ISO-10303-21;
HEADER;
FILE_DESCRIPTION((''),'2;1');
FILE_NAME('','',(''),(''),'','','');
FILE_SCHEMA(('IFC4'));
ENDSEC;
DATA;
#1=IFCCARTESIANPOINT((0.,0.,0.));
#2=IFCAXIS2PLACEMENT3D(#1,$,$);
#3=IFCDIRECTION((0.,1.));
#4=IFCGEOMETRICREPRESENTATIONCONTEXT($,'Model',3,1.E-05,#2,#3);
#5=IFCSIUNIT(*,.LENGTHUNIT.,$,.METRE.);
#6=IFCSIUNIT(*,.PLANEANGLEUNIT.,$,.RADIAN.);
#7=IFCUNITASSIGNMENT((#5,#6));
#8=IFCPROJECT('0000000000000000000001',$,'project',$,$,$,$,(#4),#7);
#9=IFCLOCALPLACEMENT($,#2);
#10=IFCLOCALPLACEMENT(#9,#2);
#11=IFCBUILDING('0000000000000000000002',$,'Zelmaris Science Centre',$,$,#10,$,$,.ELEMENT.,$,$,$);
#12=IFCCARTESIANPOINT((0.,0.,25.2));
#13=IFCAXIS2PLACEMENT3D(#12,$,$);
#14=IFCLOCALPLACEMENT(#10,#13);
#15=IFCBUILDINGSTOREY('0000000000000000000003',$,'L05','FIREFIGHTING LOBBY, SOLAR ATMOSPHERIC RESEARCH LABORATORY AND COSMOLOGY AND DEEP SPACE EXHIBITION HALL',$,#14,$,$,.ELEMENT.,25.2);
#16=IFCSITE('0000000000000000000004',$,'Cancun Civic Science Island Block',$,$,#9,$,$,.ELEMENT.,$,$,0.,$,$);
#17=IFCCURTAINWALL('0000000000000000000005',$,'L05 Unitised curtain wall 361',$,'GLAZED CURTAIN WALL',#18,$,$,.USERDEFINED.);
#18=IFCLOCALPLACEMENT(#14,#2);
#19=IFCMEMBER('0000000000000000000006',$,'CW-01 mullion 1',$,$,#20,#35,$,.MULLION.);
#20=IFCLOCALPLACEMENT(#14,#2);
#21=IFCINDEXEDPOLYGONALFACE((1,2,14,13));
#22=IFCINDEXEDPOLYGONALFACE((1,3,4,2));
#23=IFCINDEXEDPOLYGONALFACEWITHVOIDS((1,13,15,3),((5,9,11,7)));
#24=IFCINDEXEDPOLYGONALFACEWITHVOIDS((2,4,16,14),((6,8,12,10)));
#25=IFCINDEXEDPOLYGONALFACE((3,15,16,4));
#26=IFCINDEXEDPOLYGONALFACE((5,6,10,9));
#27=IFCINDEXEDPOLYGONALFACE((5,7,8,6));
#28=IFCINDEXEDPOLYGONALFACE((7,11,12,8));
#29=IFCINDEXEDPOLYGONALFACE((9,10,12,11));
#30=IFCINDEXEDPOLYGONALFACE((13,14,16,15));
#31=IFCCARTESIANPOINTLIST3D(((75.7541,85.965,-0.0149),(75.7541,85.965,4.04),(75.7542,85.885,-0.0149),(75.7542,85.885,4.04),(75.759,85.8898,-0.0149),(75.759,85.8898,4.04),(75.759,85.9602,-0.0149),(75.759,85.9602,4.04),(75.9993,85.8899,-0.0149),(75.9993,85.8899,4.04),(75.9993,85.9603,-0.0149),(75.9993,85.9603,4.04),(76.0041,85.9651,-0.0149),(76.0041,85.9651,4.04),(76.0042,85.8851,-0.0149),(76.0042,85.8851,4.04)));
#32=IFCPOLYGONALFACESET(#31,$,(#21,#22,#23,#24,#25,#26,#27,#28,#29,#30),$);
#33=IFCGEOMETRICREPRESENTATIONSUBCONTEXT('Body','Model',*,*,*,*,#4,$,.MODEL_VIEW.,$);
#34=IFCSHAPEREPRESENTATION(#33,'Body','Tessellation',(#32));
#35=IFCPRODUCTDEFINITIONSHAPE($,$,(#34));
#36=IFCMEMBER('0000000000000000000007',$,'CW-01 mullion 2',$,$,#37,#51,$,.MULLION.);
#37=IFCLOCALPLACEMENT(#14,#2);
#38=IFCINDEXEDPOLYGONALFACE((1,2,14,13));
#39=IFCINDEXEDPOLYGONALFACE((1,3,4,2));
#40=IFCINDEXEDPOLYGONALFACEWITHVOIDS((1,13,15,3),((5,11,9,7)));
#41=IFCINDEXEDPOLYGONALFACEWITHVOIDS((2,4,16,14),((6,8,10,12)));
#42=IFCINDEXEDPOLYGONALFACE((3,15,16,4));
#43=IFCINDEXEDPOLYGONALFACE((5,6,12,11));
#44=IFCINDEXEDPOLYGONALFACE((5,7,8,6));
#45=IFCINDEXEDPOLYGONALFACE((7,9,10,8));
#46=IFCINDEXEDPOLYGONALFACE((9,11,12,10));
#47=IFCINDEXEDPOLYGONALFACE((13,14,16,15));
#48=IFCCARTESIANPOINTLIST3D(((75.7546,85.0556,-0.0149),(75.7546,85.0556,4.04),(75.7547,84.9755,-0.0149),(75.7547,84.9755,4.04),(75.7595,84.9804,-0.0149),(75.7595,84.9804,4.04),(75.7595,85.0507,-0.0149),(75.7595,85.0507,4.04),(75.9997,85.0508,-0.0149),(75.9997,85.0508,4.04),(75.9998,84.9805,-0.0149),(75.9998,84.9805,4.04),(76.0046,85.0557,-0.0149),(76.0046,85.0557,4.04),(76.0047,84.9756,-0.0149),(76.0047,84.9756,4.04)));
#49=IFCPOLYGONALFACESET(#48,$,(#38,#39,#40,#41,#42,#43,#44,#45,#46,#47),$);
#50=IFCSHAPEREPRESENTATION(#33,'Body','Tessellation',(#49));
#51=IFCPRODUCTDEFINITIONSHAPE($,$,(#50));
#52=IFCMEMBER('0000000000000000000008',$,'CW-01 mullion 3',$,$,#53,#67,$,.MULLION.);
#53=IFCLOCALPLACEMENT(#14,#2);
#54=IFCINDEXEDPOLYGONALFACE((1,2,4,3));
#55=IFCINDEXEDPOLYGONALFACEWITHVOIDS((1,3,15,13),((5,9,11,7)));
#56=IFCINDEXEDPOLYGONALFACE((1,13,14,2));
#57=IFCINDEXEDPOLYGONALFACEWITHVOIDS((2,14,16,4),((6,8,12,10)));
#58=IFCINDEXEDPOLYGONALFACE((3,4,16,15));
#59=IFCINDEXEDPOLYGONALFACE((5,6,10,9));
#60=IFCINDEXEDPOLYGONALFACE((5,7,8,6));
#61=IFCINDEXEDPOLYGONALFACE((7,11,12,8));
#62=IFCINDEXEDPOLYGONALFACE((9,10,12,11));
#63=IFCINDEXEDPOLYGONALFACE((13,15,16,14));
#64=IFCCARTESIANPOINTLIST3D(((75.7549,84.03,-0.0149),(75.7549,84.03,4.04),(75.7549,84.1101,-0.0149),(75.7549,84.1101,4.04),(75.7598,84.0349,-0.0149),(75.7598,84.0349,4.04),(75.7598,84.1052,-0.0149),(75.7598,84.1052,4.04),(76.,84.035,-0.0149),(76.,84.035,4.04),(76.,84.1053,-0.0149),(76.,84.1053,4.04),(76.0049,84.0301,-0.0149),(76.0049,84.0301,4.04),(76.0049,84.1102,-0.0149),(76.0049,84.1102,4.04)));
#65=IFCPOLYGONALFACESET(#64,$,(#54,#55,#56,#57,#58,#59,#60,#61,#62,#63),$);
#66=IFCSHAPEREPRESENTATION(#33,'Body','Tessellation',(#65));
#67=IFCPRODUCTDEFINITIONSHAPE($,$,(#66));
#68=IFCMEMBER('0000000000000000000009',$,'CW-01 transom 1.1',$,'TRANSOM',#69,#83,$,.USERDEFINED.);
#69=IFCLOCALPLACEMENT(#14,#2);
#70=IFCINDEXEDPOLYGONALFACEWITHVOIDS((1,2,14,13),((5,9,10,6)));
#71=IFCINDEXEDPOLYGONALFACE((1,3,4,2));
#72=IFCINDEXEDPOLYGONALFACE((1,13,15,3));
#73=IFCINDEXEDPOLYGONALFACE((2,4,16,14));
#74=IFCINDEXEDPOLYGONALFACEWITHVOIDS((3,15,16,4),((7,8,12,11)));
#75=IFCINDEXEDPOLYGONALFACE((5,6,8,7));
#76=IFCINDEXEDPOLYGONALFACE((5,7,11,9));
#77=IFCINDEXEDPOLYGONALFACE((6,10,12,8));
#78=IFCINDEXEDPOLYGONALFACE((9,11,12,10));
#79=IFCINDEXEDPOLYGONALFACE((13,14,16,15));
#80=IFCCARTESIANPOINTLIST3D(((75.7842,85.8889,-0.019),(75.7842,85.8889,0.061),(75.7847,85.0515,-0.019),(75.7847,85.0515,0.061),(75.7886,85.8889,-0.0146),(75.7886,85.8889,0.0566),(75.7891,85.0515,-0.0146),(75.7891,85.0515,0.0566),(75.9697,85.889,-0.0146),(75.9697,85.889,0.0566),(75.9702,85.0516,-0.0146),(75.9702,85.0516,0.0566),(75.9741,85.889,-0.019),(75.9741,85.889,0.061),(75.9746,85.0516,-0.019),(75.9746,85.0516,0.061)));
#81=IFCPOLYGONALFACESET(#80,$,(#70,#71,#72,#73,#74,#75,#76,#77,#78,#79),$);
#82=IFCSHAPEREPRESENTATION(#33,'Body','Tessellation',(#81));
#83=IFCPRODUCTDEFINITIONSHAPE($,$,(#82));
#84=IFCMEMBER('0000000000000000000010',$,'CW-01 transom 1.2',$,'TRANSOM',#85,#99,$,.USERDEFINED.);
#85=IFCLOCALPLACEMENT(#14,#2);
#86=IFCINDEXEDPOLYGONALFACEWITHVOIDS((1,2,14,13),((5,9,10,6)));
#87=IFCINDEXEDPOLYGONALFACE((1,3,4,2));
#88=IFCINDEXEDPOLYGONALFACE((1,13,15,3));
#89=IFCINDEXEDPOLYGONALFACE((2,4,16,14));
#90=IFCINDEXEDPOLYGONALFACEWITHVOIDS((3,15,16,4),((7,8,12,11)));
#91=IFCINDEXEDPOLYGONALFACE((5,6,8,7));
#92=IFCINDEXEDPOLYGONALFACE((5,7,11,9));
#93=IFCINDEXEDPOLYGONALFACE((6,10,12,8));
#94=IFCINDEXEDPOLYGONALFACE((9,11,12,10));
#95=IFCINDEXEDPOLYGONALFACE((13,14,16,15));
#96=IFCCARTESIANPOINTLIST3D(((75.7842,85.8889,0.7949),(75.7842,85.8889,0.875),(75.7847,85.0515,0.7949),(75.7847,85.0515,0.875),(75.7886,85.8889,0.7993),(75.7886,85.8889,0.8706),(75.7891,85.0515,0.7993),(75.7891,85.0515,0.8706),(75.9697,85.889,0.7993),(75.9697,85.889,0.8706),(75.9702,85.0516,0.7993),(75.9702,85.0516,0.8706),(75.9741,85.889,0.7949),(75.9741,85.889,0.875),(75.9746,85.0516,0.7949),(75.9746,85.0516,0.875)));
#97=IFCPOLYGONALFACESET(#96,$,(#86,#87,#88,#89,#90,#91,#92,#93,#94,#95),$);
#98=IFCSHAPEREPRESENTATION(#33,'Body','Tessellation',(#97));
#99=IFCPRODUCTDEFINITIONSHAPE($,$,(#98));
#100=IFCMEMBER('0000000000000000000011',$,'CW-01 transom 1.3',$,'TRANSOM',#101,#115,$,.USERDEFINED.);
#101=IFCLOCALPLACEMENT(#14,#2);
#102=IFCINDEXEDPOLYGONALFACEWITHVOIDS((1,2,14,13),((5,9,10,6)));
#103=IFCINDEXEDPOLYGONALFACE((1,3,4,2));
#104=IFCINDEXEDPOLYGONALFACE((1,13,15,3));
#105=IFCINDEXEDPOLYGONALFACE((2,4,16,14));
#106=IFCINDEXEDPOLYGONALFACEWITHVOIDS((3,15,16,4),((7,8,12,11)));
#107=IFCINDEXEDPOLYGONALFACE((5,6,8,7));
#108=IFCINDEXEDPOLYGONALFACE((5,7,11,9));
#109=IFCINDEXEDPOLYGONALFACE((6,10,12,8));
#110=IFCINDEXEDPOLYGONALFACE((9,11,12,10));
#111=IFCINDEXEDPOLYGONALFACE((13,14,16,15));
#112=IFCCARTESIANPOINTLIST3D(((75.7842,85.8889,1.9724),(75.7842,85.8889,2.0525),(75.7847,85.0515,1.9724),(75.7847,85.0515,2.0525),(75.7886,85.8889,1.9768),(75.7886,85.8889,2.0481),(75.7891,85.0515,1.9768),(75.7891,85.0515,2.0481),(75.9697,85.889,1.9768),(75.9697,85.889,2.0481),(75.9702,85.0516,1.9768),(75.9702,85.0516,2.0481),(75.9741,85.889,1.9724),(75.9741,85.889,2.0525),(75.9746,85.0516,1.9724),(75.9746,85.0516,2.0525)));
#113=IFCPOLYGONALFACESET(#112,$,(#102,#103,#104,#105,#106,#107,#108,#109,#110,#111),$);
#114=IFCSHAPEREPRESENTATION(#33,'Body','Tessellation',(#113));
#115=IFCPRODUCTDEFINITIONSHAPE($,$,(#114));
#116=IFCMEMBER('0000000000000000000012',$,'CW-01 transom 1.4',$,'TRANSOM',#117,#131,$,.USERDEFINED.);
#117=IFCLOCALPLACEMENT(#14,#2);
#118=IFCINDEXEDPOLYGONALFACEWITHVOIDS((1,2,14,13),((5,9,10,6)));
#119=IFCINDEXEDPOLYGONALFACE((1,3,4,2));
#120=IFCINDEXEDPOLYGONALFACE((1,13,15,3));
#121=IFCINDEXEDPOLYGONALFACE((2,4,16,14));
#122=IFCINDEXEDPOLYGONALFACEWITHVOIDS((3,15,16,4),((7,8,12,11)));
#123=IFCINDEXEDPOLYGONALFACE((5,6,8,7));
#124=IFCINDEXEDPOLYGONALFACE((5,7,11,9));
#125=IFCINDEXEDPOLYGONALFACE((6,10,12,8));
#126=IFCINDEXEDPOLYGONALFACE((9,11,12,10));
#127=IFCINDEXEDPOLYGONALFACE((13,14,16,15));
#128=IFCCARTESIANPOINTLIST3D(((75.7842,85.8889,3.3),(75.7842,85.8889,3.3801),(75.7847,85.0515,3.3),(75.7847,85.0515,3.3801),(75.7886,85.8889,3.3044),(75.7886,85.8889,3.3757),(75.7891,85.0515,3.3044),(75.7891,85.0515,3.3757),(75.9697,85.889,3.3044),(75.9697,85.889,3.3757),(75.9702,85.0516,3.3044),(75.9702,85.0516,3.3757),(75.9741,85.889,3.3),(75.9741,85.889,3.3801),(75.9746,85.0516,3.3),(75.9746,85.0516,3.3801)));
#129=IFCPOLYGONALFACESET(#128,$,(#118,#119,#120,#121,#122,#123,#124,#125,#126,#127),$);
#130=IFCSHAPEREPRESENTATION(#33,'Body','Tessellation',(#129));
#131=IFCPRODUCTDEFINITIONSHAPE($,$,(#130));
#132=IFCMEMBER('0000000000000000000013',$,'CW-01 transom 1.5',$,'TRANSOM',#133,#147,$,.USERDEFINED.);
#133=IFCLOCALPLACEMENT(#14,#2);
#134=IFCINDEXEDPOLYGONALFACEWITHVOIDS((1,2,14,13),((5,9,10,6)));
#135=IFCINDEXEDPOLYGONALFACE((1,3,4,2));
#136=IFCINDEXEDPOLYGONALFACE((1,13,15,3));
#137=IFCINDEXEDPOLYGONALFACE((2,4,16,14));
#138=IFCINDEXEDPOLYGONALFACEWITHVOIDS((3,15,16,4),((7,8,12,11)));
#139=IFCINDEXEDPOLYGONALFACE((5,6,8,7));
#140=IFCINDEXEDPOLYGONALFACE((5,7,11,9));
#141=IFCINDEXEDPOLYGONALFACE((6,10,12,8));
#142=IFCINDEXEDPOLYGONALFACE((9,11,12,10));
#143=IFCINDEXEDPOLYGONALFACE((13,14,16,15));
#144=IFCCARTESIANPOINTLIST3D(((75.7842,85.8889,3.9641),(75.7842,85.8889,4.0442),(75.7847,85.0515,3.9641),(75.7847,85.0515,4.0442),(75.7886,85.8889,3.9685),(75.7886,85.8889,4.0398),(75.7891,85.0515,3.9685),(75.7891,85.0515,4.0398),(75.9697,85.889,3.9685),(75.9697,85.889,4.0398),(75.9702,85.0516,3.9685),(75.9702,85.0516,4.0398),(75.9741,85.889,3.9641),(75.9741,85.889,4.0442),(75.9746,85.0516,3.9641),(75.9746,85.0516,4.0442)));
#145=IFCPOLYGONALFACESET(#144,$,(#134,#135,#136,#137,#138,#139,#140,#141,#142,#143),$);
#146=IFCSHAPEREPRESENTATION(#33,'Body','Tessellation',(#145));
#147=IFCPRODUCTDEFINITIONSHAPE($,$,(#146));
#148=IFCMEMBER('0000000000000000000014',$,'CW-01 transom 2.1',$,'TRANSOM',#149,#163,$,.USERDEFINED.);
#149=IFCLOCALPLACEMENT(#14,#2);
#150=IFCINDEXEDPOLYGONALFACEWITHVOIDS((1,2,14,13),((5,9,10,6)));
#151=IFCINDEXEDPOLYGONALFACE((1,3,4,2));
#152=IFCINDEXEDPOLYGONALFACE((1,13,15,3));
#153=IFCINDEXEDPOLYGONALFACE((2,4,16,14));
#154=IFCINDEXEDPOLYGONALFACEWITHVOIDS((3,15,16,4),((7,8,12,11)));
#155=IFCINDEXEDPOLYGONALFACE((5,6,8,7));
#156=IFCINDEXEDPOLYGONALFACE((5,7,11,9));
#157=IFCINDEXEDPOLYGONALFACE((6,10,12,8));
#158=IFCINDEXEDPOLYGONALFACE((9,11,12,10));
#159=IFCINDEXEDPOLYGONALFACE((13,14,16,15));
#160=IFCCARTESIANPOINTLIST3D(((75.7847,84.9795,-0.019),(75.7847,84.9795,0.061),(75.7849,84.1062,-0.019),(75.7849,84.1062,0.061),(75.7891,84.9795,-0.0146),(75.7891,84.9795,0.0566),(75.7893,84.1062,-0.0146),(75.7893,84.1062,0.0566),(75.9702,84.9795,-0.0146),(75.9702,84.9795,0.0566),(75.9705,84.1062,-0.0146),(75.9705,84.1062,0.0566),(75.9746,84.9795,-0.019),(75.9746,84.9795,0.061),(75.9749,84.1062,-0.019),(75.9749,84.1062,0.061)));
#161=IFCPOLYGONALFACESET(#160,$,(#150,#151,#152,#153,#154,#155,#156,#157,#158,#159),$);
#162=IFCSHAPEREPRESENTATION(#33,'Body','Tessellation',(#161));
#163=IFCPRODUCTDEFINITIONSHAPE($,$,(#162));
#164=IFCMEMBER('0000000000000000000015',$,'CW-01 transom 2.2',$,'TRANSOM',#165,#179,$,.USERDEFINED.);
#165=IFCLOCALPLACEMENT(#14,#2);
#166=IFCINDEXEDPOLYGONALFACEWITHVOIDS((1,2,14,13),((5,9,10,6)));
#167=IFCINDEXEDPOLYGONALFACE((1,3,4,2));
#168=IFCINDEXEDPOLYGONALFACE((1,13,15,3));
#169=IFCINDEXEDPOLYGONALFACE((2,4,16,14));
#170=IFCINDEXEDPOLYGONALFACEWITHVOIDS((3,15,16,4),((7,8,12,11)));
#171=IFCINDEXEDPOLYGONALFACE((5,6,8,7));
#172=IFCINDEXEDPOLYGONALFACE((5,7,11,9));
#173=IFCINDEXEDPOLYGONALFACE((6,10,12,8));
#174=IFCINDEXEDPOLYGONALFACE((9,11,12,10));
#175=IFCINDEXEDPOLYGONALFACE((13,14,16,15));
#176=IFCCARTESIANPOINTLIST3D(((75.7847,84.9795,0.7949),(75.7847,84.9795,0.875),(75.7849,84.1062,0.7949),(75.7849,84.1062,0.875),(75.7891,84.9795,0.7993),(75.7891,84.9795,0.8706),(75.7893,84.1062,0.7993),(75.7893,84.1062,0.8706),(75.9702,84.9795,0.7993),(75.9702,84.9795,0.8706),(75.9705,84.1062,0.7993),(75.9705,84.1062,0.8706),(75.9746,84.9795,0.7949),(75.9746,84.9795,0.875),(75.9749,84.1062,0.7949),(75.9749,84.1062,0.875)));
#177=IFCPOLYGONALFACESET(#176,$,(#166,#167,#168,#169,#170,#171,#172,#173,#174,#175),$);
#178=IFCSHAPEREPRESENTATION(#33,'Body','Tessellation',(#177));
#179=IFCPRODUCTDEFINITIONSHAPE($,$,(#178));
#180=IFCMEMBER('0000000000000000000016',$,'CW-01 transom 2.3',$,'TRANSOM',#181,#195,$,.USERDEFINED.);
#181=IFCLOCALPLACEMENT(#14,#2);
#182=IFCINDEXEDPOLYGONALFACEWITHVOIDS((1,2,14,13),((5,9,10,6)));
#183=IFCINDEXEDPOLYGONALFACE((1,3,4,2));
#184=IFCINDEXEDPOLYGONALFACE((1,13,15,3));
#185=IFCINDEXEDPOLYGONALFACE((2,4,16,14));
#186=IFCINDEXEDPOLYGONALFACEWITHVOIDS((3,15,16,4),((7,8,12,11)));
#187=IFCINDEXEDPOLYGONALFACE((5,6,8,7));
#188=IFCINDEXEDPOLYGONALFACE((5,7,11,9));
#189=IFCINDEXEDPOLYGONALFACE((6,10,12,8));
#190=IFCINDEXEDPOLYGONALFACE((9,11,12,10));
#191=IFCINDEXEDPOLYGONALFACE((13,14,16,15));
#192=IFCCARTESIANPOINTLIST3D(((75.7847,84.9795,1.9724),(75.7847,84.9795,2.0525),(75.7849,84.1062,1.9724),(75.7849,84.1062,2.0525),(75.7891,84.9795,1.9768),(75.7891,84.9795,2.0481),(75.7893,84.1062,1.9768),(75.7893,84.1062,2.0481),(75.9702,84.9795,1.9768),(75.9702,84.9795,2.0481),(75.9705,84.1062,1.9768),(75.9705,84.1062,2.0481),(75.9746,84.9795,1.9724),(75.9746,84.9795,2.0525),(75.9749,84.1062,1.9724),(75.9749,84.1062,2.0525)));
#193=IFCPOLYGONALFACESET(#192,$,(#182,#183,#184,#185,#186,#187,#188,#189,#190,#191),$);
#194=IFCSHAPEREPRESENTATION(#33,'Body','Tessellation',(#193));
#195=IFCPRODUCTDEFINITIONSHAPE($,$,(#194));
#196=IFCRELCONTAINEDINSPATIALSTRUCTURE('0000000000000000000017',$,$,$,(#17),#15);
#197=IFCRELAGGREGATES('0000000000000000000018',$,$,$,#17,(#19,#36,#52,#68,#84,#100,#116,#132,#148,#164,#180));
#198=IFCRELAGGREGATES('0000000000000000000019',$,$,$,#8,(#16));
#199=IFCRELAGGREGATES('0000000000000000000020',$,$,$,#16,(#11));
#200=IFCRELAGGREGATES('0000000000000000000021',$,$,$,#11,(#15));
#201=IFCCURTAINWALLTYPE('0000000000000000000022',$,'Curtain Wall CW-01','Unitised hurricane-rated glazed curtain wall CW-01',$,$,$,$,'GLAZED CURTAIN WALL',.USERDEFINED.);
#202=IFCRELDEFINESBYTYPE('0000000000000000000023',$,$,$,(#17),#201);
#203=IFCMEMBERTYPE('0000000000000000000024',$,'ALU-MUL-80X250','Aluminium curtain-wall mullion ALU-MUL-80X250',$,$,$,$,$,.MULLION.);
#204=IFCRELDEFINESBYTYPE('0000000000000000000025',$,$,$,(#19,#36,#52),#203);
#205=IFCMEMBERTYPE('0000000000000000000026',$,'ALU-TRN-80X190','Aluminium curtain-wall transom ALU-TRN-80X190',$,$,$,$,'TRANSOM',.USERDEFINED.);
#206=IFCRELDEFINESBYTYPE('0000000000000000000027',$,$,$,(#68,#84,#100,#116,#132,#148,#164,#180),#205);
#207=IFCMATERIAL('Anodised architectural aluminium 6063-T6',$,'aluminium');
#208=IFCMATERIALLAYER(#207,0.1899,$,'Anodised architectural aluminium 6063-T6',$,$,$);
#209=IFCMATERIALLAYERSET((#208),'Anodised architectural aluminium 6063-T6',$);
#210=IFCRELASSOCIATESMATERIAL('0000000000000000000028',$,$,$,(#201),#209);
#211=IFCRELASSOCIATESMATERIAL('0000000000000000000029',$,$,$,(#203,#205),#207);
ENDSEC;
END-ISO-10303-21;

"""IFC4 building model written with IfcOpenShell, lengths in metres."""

from ifc_helpers import new_model, si_unit, direction, frame, origin, origin_2d, place, context, subcontext, project, spatial, hollow_rectangle, extrude, material, layer, layer_set, material_profile, profile_set, type_object, element, aggregate, save


model = new_model("IFC4")

# Units and contexts
model_context = context("Model", 3, precision=1e-05, world=origin(), true_north=direction((0.0, 1.0)))
body_context = subcontext(model_context, "Body", "Model", "MODEL_VIEW")
ifc_project = project(units=[si_unit("LENGTHUNIT", "METRE"), si_unit("PLANEANGLEUNIT", "RADIAN")], contexts=[model_context])

# Site, building, storey
site_placement = place(None, origin())
site = spatial("IfcSite", under=ifc_project, at=site_placement, Name="Cancun Civic Science Island Block", CompositionType="ELEMENT", RefElevation=0.0)
building_placement = place(site_placement, origin())
building = spatial("IfcBuilding", under=site, at=building_placement, Name="Zelmaris Science Centre", CompositionType="ELEMENT")
storey_placement = place(building_placement, frame((0.0, 0.0, 25.2)))
storey = spatial("IfcBuildingStorey", under=building, at=storey_placement, Name="L05", Description="FIREFIGHTING LOBBY, SOLAR ATMOSPHERIC RESEARCH LABORATORY AND COSMOLOGY AND DEEP SPACE EXHIBITION HALL", CompositionType="ELEMENT", Elevation=25.2)

# Curtain wall, members
ifc_material_1 = material(Name="Anodised architectural aluminium 6063-T6", Category="aluminium")
ifc_layer_1 = layer(ifc_material_1, 0.1899, Name="Anodised architectural aluminium 6063-T6")
ifc_layer_set_1 = layer_set([ifc_layer_1], Name="Anodised architectural aluminium 6063-T6")
curtain_wall_type = type_object("IfcCurtainWallType", Name="Curtain Wall CW-01", Description="Unitised hurricane-rated glazed curtain wall CW-01", ElementType="GLAZED CURTAIN WALL", PredefinedType="USERDEFINED", material=ifc_layer_set_1)
curtain_wall_placement = place(storey_placement, origin())
curtain_wall = element("IfcCurtainWall", 1, at=curtain_wall_placement, inside=storey, type_object=curtain_wall_type, Name="L05 Unitised curtain wall 361", ObjectType="GLAZED CURTAIN WALL", PredefinedType="USERDEFINED")
ifc_material_profile_1 = material_profile(ifc_material_1, hollow_rectangle(XDim=0.0801, YDim=0.25, WallThickness=0.0049, at=origin_2d()), Name="ALU-MUL-80X250")
ifc_profile_set_1 = profile_set([ifc_material_profile_1], Name="Anodised architectural aluminium 6063-T6")
member_type_1 = type_object("IfcMemberType", Name="ALU-MUL-80X250", Description="Aluminium curtain-wall mullion ALU-MUL-80X250", PredefinedType="MULLION", material=ifc_profile_set_1)
member_1_placement = place(storey_placement, frame((75.8792, 85.925, -0.0149), z_axis=(0.0, 0.0, 1.0), x_axis=(0.000396, -1.0, 0.0)))
member_1 = element("IfcMember", 2, at=member_1_placement, type_object=member_type_1, Name="CW-01 mullion 1", PredefinedType="MULLION", context=body_context, shape_type="SweptSolid", body=[
    extrude(hollow_rectangle(XDim=0.0801, YDim=0.25, WallThickness=0.0049, at=origin_2d()), origin(), (0.0, 0.0, 1.0), 4.0549),
])
member_2_placement = place(storey_placement, frame((75.8796, 85.0156, -0.0149), z_axis=(0.0, 0.0, 1.0), x_axis=(0.000396, -1.0, 0.0)))
member_2 = element("IfcMember", 3, at=member_2_placement, type_object=member_type_1, Name="CW-01 mullion 2", PredefinedType="MULLION", context=body_context, shape_type="SweptSolid", body=[
    extrude(hollow_rectangle(XDim=0.0801, YDim=0.25, WallThickness=0.0049, at=origin_2d()), origin(), (0.0, 0.0, 1.0), 4.0549),
])
member_3_placement = place(storey_placement, frame((75.8799, 84.0701, -0.0149), z_axis=(0.0, 0.0, 1.0), x_axis=(0.000396, -1.0, 0.0)))
member_3 = element("IfcMember", 4, at=member_3_placement, type_object=member_type_1, Name="CW-01 mullion 3", PredefinedType="MULLION", context=body_context, shape_type="SweptSolid", body=[
    extrude(hollow_rectangle(XDim=0.0801, YDim=0.25, WallThickness=0.0049, at=origin_2d()), origin(), (0.0, 0.0, 1.0), 4.0549),
])
ifc_material_profile_2 = material_profile(ifc_material_1, hollow_rectangle(XDim=0.0801, YDim=0.1899, WallThickness=0.0044, at=origin_2d()), Name="ALU-TRN-80X190")
ifc_profile_set_2 = profile_set([ifc_material_profile_2], Name="Anodised architectural aluminium 6063-T6")
member_type_2 = type_object("IfcMemberType", Name="ALU-TRN-80X190", Description="Aluminium curtain-wall transom ALU-TRN-80X190", ElementType="TRANSOM", PredefinedType="USERDEFINED", material=ifc_profile_set_2)
member_4_placement = place(storey_placement, frame((75.8792, 85.8889, 0.021), z_axis=(0.000583, -1.0, 0.0), x_axis=(0.0, 0.0, 1.0)))
member_4 = element("IfcMember", 5, at=member_4_placement, type_object=member_type_2, Name="CW-01 transom 1.1", ObjectType="TRANSOM", PredefinedType="USERDEFINED", context=body_context, shape_type="SweptSolid", body=[
    extrude(hollow_rectangle(XDim=0.0801, YDim=0.1899, WallThickness=0.0044, at=origin_2d()), origin(), (0.0, 0.0, 1.0), 0.8374),
])
member_5_placement = place(storey_placement, frame((75.8792, 85.8889, 0.835), z_axis=(0.000583, -1.0, 0.0), x_axis=(0.0, 0.0, 1.0)))
member_5 = element("IfcMember", 6, at=member_5_placement, type_object=member_type_2, Name="CW-01 transom 1.2", ObjectType="TRANSOM", PredefinedType="USERDEFINED", context=body_context, shape_type="SweptSolid", body=[
    extrude(hollow_rectangle(XDim=0.0801, YDim=0.1899, WallThickness=0.0044, at=origin_2d()), origin(), (0.0, 0.0, 1.0), 0.8374),
])
member_6_placement = place(storey_placement, frame((75.8792, 85.8889, 2.0125), z_axis=(0.000583, -1.0, 0.0), x_axis=(0.0, 0.0, 1.0)))
member_6 = element("IfcMember", 7, at=member_6_placement, type_object=member_type_2, Name="CW-01 transom 1.3", ObjectType="TRANSOM", PredefinedType="USERDEFINED", context=body_context, shape_type="SweptSolid", body=[
    extrude(hollow_rectangle(XDim=0.0801, YDim=0.1899, WallThickness=0.0044, at=origin_2d()), origin(), (0.0, 0.0, 1.0), 0.8374),
])
member_7_placement = place(storey_placement, frame((75.8792, 85.8889, 3.3401), z_axis=(0.000583, -1.0, 0.0), x_axis=(0.0, 0.0, 1.0)))
member_7 = element("IfcMember", 8, at=member_7_placement, type_object=member_type_2, Name="CW-01 transom 1.4", ObjectType="TRANSOM", PredefinedType="USERDEFINED", context=body_context, shape_type="SweptSolid", body=[
    extrude(hollow_rectangle(XDim=0.0801, YDim=0.1899, WallThickness=0.0044, at=origin_2d()), origin(), (0.0, 0.0, 1.0), 0.8374),
])
member_8_placement = place(storey_placement, frame((75.8792, 85.8889, 4.0042), z_axis=(0.000583, -1.0, 0.0), x_axis=(0.0, 0.0, 1.0)))
member_8 = element("IfcMember", 9, at=member_8_placement, type_object=member_type_2, Name="CW-01 transom 1.5", ObjectType="TRANSOM", PredefinedType="USERDEFINED", context=body_context, shape_type="SweptSolid", body=[
    extrude(hollow_rectangle(XDim=0.0801, YDim=0.1899, WallThickness=0.0044, at=origin_2d()), origin(), (0.0, 0.0, 1.0), 0.8374),
])
member_9_placement = place(storey_placement, frame((75.8796, 84.9795, 0.021), z_axis=(0.00028, -1.0, 0.0), x_axis=(0.0, 0.0, 1.0)))
member_9 = element("IfcMember", 10, at=member_9_placement, type_object=member_type_2, Name="CW-01 transom 2.1", ObjectType="TRANSOM", PredefinedType="USERDEFINED", context=body_context, shape_type="SweptSolid", body=[
    extrude(hollow_rectangle(XDim=0.0801, YDim=0.1899, WallThickness=0.0044, at=origin_2d()), origin(), (0.0, 0.0, 1.0), 0.8733),
])
member_10_placement = place(storey_placement, frame((75.8796, 84.9795, 0.835), z_axis=(0.00028, -1.0, 0.0), x_axis=(0.0, 0.0, 1.0)))
member_10 = element("IfcMember", 11, at=member_10_placement, type_object=member_type_2, Name="CW-01 transom 2.2", ObjectType="TRANSOM", PredefinedType="USERDEFINED", context=body_context, shape_type="SweptSolid", body=[
    extrude(hollow_rectangle(XDim=0.0801, YDim=0.1899, WallThickness=0.0044, at=origin_2d()), origin(), (0.0, 0.0, 1.0), 0.8733),
])
member_11_placement = place(storey_placement, frame((75.8796, 84.9795, 2.0125), z_axis=(0.00028, -1.0, 0.0), x_axis=(0.0, 0.0, 1.0)))
member_11 = element("IfcMember", 12, at=member_11_placement, type_object=member_type_2, Name="CW-01 transom 2.3", ObjectType="TRANSOM", PredefinedType="USERDEFINED", context=body_context, shape_type="SweptSolid", body=[
    extrude(hollow_rectangle(XDim=0.0801, YDim=0.1899, WallThickness=0.0044, at=origin_2d()), origin(), (0.0, 0.0, 1.0), 0.8733),
])
aggregate(curtain_wall, [member_1, member_2, member_3, member_4, member_5, member_6, member_7, member_8, member_9, member_10, member_11])

save(model, "model.ifc")
